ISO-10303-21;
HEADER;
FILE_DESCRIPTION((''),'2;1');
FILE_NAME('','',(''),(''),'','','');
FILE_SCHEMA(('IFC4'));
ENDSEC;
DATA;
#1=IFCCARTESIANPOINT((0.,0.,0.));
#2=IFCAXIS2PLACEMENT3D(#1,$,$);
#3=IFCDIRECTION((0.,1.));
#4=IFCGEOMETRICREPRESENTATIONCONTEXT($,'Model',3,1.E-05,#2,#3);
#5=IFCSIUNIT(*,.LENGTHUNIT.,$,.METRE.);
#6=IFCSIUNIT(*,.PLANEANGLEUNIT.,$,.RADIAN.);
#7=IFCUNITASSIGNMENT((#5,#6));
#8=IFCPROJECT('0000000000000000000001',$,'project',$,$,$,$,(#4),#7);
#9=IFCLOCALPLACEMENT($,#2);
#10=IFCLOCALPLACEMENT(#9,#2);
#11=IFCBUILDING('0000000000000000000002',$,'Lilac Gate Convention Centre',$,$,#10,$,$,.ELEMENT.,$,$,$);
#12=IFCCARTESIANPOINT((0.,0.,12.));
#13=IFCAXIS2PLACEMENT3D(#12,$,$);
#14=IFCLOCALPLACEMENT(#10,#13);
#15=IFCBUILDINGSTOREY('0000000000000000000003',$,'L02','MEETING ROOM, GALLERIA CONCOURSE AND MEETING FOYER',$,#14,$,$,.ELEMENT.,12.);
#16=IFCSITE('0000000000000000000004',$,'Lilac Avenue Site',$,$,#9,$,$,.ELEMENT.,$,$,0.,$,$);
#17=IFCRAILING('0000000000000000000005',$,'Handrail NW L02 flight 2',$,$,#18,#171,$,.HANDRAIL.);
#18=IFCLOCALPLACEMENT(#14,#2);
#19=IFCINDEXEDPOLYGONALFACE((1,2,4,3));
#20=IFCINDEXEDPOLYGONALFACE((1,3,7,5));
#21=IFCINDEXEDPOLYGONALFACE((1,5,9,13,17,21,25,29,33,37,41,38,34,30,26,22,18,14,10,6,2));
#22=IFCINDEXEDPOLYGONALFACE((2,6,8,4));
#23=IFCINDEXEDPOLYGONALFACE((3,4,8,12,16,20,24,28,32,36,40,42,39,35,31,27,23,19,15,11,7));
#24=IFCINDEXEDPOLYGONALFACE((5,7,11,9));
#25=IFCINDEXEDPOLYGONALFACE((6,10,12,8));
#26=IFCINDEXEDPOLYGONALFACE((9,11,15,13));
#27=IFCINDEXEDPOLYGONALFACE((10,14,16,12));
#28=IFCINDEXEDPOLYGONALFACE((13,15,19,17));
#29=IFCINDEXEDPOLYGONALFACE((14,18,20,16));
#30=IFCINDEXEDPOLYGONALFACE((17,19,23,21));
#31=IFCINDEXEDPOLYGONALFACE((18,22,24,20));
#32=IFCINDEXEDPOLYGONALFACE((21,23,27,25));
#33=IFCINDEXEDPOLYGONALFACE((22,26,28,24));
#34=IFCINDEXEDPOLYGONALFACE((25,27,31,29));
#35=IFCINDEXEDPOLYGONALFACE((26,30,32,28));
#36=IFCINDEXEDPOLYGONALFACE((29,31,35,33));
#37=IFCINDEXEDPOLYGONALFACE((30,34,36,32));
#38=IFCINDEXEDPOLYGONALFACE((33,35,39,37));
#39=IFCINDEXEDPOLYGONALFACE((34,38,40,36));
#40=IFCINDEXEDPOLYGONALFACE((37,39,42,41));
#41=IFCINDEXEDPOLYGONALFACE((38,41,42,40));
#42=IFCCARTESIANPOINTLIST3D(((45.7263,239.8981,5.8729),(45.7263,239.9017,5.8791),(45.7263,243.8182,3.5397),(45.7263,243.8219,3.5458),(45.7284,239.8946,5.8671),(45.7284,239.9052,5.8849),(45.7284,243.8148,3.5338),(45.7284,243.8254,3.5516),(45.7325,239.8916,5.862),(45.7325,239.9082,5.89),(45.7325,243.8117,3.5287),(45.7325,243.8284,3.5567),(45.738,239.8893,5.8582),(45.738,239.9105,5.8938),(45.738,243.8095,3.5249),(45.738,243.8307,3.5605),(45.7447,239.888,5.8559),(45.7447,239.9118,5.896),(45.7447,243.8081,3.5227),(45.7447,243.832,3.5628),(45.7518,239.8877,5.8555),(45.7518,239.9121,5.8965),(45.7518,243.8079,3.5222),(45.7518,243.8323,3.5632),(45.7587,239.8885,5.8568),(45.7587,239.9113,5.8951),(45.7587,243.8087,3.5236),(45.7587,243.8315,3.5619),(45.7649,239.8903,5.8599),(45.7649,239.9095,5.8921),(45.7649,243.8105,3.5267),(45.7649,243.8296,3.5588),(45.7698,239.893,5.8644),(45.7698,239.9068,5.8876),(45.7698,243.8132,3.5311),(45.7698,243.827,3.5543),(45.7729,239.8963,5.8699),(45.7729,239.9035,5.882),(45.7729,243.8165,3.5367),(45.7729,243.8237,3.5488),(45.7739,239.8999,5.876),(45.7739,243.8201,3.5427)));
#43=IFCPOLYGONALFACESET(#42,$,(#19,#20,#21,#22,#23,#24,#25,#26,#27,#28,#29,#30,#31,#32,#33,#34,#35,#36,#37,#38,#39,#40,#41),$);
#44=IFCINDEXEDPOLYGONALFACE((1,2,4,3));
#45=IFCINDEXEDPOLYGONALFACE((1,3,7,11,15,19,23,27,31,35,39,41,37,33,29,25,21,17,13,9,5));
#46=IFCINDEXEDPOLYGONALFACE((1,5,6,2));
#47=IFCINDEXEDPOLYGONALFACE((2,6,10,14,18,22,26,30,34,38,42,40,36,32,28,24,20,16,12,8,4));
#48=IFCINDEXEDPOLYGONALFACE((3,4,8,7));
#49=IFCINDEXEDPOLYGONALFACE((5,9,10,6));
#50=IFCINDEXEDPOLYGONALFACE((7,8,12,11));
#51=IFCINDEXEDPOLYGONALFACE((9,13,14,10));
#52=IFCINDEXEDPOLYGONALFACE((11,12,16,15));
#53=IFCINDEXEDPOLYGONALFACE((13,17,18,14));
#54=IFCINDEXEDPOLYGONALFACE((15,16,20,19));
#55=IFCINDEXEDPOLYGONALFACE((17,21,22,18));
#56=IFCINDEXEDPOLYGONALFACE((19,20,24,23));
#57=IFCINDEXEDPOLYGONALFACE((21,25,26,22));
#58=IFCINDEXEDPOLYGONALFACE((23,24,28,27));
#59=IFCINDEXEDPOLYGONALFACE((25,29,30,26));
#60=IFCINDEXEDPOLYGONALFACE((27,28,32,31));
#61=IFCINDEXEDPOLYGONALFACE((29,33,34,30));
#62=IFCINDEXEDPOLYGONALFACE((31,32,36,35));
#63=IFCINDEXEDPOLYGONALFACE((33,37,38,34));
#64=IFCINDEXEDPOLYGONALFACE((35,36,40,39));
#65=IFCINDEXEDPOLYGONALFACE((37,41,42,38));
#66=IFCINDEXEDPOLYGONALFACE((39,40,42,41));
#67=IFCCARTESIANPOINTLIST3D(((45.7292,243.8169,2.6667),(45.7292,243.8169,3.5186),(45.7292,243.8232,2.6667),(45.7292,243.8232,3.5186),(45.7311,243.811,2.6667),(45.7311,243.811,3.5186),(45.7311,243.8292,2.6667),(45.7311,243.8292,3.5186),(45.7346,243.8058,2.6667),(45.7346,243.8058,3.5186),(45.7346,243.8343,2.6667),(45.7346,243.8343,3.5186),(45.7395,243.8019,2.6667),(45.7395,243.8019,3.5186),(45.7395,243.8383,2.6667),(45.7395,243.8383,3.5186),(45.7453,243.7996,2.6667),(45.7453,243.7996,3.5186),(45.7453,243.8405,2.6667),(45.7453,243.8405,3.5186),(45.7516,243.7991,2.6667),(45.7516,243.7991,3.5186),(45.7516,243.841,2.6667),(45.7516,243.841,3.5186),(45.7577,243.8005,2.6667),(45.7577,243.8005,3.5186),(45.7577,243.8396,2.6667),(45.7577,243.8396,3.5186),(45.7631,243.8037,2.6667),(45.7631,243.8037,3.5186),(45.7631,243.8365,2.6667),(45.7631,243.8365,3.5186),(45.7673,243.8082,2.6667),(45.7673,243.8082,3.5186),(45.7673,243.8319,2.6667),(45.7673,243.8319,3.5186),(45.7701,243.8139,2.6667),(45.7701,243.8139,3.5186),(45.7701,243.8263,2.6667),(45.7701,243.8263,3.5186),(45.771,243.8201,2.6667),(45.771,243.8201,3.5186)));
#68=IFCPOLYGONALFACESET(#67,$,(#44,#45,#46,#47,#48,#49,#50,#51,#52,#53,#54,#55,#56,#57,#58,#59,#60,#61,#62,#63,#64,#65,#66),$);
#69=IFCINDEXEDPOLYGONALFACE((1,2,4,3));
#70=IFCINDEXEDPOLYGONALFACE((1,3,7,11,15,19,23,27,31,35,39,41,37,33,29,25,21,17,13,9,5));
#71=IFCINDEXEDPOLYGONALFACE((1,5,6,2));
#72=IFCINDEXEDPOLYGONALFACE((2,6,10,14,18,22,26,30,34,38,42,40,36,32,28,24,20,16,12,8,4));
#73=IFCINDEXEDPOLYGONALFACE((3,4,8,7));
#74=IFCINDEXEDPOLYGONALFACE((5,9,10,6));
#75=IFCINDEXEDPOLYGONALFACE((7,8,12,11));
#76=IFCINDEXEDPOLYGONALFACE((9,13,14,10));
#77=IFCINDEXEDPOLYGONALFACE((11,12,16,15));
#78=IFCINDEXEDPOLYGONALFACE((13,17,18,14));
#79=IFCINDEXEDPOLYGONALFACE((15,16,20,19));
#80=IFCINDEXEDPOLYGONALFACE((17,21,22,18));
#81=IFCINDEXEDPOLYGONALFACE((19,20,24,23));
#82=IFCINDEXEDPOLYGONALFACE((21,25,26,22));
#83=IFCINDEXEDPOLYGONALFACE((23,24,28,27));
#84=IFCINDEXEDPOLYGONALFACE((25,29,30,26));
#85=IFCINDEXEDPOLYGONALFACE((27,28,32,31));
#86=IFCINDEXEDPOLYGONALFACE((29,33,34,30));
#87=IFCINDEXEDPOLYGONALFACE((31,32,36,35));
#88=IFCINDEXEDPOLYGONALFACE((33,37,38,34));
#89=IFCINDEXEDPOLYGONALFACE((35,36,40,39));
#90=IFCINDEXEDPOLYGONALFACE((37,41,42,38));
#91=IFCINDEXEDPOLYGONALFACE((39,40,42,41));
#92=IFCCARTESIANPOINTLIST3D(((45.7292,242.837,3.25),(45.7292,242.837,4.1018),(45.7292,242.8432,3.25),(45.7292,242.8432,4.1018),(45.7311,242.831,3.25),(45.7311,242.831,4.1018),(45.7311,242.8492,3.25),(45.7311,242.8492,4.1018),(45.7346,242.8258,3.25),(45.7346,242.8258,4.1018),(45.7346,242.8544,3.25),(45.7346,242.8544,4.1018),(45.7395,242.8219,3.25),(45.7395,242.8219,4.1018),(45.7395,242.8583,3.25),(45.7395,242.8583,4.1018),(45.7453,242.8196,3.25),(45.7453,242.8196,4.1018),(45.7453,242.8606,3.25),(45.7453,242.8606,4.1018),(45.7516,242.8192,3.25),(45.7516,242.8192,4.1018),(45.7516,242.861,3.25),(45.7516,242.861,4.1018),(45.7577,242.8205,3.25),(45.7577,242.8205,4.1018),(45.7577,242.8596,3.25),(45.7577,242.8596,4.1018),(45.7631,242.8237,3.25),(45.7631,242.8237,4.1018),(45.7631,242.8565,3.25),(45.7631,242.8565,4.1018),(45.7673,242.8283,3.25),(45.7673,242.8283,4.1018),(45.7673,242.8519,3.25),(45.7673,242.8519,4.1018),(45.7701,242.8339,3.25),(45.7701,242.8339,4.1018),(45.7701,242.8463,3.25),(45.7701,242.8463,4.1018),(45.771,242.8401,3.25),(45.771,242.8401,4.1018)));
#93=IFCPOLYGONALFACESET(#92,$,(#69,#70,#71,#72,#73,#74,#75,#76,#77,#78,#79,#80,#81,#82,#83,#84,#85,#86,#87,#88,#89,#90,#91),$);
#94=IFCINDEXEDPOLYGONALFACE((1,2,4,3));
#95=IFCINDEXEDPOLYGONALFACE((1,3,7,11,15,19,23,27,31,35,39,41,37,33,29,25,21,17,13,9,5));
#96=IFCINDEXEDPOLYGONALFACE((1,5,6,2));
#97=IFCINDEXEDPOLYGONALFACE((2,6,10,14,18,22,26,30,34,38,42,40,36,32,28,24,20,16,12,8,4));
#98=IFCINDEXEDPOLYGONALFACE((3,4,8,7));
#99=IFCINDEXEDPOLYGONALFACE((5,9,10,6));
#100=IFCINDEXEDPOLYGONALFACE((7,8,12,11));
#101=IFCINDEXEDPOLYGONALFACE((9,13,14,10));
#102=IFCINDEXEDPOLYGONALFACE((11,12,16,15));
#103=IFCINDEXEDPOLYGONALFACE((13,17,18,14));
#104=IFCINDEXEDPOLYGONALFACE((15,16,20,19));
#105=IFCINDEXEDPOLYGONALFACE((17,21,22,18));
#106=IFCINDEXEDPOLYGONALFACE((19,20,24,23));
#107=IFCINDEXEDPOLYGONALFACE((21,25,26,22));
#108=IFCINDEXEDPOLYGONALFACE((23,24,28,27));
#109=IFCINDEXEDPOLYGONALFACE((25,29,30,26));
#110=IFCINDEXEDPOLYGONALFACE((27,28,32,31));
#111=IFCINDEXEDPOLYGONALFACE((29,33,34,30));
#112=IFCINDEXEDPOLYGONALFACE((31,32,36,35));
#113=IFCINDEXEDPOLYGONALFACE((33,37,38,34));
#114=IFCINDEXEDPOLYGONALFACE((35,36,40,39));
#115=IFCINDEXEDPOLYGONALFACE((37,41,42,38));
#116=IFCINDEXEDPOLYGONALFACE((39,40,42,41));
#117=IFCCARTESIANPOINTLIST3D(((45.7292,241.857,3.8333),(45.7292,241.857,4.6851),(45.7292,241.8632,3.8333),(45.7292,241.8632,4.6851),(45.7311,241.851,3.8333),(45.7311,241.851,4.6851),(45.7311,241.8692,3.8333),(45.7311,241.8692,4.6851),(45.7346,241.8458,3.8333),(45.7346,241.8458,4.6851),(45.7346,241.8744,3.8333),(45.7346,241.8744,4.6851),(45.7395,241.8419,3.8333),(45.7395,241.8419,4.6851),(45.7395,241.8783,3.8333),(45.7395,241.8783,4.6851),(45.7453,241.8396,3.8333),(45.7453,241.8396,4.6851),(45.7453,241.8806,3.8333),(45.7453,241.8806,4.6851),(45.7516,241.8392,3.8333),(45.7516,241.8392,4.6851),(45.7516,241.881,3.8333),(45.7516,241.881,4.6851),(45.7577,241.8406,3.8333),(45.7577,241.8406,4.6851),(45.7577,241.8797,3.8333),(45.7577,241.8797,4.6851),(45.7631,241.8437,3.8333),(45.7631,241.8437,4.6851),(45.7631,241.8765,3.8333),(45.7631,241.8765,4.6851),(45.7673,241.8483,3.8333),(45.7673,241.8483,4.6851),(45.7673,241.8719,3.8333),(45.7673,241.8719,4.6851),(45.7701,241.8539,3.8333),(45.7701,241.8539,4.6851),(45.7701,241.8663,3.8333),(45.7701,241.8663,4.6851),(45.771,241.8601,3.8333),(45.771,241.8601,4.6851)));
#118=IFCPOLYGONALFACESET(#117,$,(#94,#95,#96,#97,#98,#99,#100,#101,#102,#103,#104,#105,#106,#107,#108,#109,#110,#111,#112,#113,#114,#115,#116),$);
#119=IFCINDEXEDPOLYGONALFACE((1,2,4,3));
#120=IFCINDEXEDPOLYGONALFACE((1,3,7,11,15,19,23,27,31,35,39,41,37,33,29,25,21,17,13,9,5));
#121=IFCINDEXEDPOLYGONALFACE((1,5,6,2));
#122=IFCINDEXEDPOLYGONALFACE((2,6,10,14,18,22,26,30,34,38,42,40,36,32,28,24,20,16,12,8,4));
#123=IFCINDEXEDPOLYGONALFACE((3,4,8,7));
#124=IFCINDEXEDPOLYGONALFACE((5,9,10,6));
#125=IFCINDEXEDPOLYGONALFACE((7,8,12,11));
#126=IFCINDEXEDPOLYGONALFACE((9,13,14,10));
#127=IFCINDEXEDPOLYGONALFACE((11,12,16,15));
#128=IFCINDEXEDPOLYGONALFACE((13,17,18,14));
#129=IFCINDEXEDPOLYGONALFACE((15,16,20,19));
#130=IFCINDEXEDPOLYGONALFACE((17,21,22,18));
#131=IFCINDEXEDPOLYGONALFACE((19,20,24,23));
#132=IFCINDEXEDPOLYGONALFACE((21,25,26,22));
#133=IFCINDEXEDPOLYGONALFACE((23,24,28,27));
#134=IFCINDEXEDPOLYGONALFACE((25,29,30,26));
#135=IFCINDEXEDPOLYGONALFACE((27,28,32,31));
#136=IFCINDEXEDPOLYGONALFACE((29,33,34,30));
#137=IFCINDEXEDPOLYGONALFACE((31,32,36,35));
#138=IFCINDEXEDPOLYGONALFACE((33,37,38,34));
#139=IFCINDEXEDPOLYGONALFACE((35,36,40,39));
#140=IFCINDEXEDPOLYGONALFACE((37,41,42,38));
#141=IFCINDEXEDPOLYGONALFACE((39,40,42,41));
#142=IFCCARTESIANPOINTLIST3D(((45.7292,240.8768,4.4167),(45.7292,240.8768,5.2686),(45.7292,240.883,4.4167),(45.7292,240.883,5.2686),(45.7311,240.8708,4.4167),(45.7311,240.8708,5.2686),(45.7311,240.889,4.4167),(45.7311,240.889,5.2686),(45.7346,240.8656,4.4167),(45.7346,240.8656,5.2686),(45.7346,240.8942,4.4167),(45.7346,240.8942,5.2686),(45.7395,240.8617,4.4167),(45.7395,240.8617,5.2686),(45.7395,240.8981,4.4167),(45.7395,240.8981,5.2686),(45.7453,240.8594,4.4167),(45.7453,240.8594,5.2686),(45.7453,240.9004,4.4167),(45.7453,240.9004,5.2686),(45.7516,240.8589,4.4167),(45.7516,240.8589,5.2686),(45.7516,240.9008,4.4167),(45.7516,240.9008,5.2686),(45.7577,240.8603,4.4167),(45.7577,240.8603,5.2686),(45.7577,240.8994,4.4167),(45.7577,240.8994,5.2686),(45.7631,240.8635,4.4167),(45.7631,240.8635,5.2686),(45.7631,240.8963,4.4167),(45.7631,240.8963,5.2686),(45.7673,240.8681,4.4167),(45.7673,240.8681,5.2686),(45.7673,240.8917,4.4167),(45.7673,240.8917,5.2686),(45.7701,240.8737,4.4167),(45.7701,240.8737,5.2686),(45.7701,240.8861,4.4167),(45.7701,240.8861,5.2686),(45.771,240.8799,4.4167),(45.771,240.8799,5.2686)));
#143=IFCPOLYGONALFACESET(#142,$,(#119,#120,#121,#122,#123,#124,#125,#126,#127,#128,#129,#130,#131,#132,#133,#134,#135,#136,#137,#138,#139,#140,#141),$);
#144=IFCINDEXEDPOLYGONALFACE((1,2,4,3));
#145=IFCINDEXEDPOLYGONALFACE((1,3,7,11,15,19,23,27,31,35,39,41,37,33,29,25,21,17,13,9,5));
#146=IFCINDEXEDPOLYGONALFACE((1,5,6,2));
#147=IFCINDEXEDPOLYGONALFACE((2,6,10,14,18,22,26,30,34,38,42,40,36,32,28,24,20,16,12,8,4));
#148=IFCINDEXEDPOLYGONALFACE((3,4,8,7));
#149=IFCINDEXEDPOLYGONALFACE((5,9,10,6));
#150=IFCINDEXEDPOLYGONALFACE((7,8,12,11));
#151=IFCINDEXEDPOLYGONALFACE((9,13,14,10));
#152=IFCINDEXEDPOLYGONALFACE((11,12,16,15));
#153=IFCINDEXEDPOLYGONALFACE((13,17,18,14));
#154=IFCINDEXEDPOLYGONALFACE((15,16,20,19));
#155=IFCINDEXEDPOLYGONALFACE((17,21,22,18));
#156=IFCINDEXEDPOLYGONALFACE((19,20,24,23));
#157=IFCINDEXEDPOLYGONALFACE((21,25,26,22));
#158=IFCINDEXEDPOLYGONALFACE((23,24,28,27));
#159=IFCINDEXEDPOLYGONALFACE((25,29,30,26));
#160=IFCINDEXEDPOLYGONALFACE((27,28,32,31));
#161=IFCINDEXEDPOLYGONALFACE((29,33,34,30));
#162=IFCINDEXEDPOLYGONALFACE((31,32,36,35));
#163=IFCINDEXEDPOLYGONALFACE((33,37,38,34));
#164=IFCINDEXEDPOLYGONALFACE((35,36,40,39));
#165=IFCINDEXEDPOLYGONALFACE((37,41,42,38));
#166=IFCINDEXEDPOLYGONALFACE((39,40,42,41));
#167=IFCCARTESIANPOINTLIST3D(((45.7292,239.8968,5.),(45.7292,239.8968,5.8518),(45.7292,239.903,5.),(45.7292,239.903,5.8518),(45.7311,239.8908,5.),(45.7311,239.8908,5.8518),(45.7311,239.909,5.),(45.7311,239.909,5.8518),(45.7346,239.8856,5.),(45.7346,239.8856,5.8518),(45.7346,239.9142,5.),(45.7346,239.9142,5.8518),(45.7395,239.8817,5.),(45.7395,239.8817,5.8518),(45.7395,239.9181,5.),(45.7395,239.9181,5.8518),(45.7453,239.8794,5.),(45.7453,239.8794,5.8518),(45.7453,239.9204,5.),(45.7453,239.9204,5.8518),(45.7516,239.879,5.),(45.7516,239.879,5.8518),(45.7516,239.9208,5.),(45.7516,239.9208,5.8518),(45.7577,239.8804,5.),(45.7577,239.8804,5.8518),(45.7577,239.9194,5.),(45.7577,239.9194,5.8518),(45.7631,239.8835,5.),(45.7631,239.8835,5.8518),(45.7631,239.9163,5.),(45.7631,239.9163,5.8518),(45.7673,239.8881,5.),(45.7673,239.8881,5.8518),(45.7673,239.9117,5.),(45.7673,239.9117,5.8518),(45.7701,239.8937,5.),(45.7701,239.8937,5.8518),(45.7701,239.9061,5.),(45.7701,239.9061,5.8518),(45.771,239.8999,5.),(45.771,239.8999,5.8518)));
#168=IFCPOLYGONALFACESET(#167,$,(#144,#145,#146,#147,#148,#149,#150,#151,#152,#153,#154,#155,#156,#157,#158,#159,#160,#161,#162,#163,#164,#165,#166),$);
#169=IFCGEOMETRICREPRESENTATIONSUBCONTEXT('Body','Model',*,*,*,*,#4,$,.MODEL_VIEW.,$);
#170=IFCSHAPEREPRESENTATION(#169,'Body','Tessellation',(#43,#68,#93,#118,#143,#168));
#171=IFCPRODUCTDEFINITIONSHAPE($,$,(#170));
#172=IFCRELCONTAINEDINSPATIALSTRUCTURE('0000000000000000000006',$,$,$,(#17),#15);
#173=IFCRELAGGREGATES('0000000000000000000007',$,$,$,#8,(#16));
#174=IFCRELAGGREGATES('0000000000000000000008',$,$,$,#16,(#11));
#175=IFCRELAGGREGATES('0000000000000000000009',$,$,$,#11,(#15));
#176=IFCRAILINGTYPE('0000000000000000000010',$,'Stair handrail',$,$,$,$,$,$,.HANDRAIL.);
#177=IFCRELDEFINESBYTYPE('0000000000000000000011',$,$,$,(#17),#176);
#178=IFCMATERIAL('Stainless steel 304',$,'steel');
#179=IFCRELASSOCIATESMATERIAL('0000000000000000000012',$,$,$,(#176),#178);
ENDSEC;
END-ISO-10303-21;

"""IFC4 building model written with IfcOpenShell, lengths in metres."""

from ifc_helpers import new_model, si_unit, direction, frame, origin, origin_2d, place, context, subcontext, project, spatial, circle, extrude, material, type_object, element, save


model = new_model("IFC4")

# Units and contexts
model_context = context("Model", 3, precision=1e-05, world=origin(), true_north=direction((0.0, 1.0)))
body_context = subcontext(model_context, "Body", "Model", "MODEL_VIEW")
ifc_project = project(units=[si_unit("LENGTHUNIT", "METRE"), si_unit("PLANEANGLEUNIT", "RADIAN")], contexts=[model_context])

# Site, building, storey
site_placement = place(None, origin())
site = spatial("IfcSite", under=ifc_project, at=site_placement, Name="Lilac Avenue Site", CompositionType="ELEMENT", RefElevation=0.0)
building_placement = place(site_placement, origin())
building = spatial("IfcBuilding", under=site, at=building_placement, Name="Lilac Gate Convention Centre", CompositionType="ELEMENT")
storey_placement = place(building_placement, frame((0.0, 0.0, 12.0)))
storey = spatial("IfcBuildingStorey", under=building, at=storey_placement, Name="L02", Description="MEETING ROOM, GALLERIA CONCOURSE AND MEETING FOYER", CompositionType="ELEMENT", Elevation=12.0)

# Railing
ifc_material_1 = material(Name="Stainless steel 304", Category="steel")
railing_type = type_object("IfcRailingType", Name="Stair handrail", PredefinedType="HANDRAIL", material=ifc_material_1)
for number, where, name in (
    (1, (45.75, 243.8201, 2.6667), "Handrail NW L02 flight 2"),
):
    element("IfcRailing", number, at=place(storey_placement, frame(where)), inside=storey, type_object=railing_type, Name=name, PredefinedType="HANDRAIL", context=body_context, shape_type="SweptSolid", body=[
        extrude(circle(Radius=0.0239, at=origin_2d()), frame((0.0, 0.0, 0.876), z_axis=(0.0, -0.85931, 0.511455), x_axis=(1.0, 0.0, 0.0)), (0.0, 0.0, 1.0), 4.562),
        extrude(circle(Radius=0.021, at=origin_2d()), origin(), (0.0, 0.0, 1.0), 0.8518),
        extrude(circle(Radius=0.021, at=origin_2d()), frame((0.0, -0.98, 0.5833)), (0.0, 0.0, 1.0), 0.8518),
        extrude(circle(Radius=0.021, at=origin_2d()), frame((0.0, -1.96, 1.1665)), (0.0, 0.0, 1.0), 0.8518),
        extrude(circle(Radius=0.021, at=origin_2d()), frame((0.0, -2.9402, 1.75)), (0.0, 0.0, 1.0), 0.8518),
        extrude(circle(Radius=0.021, at=origin_2d()), frame((0.0, -3.9202, 2.3333)), (0.0, 0.0, 1.0), 0.8518),
    ])

save(model, "model.ifc")
